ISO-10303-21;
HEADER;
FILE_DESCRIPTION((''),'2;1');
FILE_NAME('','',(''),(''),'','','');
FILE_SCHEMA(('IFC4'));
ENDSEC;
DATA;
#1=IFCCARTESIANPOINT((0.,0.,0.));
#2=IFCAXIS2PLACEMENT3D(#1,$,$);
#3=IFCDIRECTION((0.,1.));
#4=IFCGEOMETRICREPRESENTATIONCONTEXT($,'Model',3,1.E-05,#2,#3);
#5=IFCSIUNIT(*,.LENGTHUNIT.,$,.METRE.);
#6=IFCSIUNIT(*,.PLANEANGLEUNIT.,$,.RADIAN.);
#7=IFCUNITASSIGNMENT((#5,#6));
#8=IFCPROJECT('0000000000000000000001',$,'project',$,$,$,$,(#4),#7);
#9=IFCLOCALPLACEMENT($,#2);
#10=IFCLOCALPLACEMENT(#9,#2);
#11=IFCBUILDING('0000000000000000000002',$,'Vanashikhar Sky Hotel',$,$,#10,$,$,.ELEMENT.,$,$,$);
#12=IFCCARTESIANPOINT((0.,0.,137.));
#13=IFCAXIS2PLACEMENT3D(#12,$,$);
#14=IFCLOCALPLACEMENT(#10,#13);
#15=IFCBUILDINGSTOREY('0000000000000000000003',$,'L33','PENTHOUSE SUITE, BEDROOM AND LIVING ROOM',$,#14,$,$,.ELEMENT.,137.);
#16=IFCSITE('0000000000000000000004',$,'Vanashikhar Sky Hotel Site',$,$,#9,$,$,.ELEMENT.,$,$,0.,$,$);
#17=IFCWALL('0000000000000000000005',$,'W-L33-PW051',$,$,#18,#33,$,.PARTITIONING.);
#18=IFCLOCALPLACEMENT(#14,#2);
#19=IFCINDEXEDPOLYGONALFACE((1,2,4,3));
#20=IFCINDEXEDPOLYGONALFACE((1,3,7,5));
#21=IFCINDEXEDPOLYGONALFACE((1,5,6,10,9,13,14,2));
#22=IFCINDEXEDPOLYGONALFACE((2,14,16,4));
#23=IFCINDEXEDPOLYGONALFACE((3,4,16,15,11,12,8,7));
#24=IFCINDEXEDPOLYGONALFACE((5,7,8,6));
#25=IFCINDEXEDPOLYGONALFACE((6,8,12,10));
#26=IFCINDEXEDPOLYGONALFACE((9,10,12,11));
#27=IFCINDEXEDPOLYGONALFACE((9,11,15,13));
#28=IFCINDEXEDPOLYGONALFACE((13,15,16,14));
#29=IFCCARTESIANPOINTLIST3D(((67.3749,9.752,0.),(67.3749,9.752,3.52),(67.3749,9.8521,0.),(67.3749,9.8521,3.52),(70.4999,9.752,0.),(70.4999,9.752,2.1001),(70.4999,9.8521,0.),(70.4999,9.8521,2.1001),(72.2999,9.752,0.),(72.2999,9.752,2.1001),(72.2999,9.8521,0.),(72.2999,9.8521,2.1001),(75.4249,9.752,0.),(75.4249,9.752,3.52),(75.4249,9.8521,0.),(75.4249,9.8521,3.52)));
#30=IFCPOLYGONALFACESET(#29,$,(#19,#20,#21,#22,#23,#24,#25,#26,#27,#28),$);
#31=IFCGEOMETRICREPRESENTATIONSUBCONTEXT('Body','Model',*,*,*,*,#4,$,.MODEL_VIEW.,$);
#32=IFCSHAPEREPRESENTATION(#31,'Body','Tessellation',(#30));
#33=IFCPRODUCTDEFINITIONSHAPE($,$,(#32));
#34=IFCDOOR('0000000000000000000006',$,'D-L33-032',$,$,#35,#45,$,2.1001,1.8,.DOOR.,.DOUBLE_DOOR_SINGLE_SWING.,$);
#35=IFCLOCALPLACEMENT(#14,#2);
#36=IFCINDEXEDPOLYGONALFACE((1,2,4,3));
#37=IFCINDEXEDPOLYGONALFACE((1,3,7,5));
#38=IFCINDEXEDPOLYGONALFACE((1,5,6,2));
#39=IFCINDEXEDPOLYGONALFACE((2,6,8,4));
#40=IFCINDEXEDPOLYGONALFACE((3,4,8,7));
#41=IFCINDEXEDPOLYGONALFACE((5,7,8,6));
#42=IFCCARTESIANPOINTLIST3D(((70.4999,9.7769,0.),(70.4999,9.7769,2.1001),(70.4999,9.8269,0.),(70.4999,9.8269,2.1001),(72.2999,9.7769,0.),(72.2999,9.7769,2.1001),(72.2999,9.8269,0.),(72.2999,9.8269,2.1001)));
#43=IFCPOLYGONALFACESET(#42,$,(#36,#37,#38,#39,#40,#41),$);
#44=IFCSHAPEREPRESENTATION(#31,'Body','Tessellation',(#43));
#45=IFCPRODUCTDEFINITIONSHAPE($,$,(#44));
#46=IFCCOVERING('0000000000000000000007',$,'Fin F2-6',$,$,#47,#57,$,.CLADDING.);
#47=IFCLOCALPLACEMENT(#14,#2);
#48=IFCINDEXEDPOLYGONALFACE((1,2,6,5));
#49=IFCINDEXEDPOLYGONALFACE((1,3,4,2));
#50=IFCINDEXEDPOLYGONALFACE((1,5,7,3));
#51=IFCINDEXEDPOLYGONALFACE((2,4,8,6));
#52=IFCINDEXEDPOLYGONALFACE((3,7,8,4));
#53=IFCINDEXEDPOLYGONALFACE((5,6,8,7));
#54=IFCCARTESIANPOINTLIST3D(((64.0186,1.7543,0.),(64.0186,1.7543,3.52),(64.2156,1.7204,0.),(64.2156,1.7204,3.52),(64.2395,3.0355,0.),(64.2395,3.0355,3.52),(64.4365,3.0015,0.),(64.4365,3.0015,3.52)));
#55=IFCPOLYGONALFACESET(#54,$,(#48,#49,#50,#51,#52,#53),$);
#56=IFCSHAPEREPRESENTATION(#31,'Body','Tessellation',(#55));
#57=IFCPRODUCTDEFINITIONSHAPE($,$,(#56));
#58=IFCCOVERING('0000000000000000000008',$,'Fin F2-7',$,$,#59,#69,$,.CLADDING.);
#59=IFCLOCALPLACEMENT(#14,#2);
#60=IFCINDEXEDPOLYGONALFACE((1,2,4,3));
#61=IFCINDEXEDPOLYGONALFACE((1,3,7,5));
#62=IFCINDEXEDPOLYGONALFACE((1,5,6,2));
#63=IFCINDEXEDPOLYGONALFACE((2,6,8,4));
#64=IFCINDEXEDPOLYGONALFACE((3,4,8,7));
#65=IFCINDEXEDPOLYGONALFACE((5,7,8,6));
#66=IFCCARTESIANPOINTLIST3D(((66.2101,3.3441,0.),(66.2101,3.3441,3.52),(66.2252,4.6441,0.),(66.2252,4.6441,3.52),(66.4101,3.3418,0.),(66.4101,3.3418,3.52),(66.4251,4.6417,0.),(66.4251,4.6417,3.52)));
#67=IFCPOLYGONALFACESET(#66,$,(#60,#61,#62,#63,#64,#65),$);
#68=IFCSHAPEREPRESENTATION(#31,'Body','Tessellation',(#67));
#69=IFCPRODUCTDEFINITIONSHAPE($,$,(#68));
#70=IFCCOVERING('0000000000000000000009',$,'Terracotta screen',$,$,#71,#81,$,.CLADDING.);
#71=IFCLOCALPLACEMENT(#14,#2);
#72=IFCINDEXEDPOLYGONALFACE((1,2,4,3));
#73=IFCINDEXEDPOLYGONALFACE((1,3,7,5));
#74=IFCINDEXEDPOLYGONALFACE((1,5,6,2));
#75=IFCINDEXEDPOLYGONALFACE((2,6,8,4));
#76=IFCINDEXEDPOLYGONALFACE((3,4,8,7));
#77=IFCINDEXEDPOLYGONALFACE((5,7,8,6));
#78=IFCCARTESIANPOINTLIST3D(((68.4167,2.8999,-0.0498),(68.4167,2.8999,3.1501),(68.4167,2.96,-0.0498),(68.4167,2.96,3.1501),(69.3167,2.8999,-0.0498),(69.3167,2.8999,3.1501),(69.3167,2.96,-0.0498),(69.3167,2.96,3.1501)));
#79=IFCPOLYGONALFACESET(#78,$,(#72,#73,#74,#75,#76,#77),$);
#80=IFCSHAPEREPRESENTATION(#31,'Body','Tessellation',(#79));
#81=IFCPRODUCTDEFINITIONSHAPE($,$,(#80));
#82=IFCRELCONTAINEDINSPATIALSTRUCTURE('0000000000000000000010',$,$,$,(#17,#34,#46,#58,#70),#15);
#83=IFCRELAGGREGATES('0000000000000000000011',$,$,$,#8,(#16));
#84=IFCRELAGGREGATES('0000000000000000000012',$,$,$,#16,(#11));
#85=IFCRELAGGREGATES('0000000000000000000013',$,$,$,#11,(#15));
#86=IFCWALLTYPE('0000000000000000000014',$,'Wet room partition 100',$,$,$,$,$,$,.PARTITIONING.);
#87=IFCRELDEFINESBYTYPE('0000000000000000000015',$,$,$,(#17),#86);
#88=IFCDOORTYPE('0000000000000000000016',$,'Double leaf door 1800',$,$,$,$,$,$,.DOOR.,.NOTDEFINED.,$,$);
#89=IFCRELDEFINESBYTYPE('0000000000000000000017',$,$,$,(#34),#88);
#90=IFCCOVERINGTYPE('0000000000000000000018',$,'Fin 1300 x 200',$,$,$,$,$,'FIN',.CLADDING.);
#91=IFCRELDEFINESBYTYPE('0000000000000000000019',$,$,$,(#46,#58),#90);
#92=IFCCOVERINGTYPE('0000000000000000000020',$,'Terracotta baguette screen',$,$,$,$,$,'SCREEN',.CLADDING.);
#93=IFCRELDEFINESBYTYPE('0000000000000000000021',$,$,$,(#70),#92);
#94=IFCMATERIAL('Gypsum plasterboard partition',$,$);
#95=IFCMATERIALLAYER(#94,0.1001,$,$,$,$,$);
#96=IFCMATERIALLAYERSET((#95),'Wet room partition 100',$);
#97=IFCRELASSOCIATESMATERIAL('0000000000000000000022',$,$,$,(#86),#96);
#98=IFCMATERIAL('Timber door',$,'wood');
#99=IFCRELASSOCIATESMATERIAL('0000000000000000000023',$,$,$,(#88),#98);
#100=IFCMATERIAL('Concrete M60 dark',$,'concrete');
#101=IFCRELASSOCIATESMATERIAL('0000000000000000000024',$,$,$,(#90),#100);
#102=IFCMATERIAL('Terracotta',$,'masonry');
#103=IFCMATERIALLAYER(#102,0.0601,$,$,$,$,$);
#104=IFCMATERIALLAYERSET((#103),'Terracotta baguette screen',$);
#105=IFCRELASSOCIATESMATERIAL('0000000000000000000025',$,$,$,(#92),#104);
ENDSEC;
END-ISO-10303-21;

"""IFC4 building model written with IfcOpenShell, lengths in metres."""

from ifc_helpers import new_model, si_unit, direction, frame, frame_2d, origin, origin_2d, place, context, subcontext, project, spatial, rectangle, extrude, source, transform, mapped, material, layer, layer_set, material_profile, profile_set, type_object, element, fill, save


model = new_model("IFC4")

# Units and contexts
model_context = context("Model", 3, precision=1e-05, world=origin(), true_north=direction((0.0, 1.0)))
body_context = subcontext(model_context, "Body", "Model", "MODEL_VIEW")
ifc_project = project(units=[si_unit("LENGTHUNIT", "METRE"), si_unit("PLANEANGLEUNIT", "RADIAN")], contexts=[model_context])

# Site, building, storey
site_placement = place(None, origin())
site = spatial("IfcSite", under=ifc_project, at=site_placement, Name="Vanashikhar Sky Hotel Site", CompositionType="ELEMENT", RefElevation=0.0)
building_placement = place(site_placement, origin())
building = spatial("IfcBuilding", under=site, at=building_placement, Name="Vanashikhar Sky Hotel", CompositionType="ELEMENT")
storey_placement = place(building_placement, frame((0.0, 0.0, 137.0)))
storey = spatial("IfcBuildingStorey", under=building, at=storey_placement, Name="L33", Description="PENTHOUSE SUITE, BEDROOM AND LIVING ROOM", CompositionType="ELEMENT", Elevation=137.0)

# Wall, opening, door
ifc_material_1 = material(Name="Gypsum plasterboard partition")
ifc_layer_1 = layer(ifc_material_1, 0.1001)
ifc_layer_set_1 = layer_set([ifc_layer_1], Name="Wet room partition 100")
wall_type_1 = type_object("IfcWallType", Name="Wet room partition 100", PredefinedType="PARTITIONING", material=ifc_layer_set_1)
ifc_material_2 = material(Name="Timber door", Category="wood")
shared_shape_1 = source(origin(), body_context, "Body", "SweptSolid", [
    extrude(rectangle(XDim=8.05, YDim=0.1001, at=frame_2d((4.0249, 0.0))), origin(), (0.0, 0.0, 1.0), 3.52),
])
wall_1_placement = place(storey_placement, frame((67.375, 9.802, 0.0), z_axis=(0.0, 0.0, 1.0), x_axis=(1.0, 0.0, 0.0)))
wall_1 = element("IfcWall", 1, at=wall_1_placement, inside=storey, type_object=wall_type_1, Name="W-L33-PW051", PredefinedType="PARTITIONING", context=body_context, shape_type="MappedRepresentation", body=[
    mapped(shared_shape_1, transform((0.0, 0.0, 0.0), scale=1.0)),
])
shared_shape_2 = source(origin(), body_context, "Body", "SweptSolid", [
    extrude(rectangle(XDim=1.8, YDim=2.1001, at=frame_2d((0.8999, 1.05))), frame((0.0, 0.0601, 0.0), z_axis=(0.0, -1.0, 0.0), x_axis=(1.0, 0.0, 0.0)), (0.0, 0.0, 1.0), 0.1201),
])
opening_1_placement = place(wall_1_placement, frame((3.125, 0.0, 0.0)))
opening_1 = element("IfcOpeningElement", 2, at=opening_1_placement, cuts=wall_1, PredefinedType="OPENING", context=body_context, shape_type="MappedRepresentation", body=[
    mapped(shared_shape_2, transform((0.0, 0.0, 0.0), scale=1.0)),
])
door_type_1 = type_object("IfcDoorType", Name="Double leaf door 1800", OperationType="NOTDEFINED", PredefinedType="DOOR", material=ifc_material_2)
shared_shape_3 = source(origin(), body_context, "Body", "SweptSolid", [
    extrude(rectangle(XDim=1.8, YDim=2.1001, at=frame_2d((0.8999, 1.05))), frame((0.0, 0.0249, 0.0), z_axis=(0.0, -1.0, 0.0), x_axis=(1.0, 0.0, 0.0)), (0.0, 0.0, 1.0), 0.05),
])
door_1_placement = place(opening_1_placement, origin())
door_1 = element("IfcDoor", 3, at=door_1_placement, inside=storey, type_object=door_type_1, Name="D-L33-032", OperationType="DOUBLE_DOOR_SINGLE_SWING", OverallHeight=2.1001, OverallWidth=1.8, PredefinedType="DOOR", context=body_context, shape_type="MappedRepresentation", body=[
    mapped(shared_shape_3, transform((0.0, 0.0, 0.0), scale=1.0)),
])
fill(opening_1, door_1)

# Coverings
ifc_material_3 = material(Name="Concrete M60 dark", Category="concrete")
ifc_material_profile_1 = material_profile(ifc_material_3, rectangle(XDim=1.3, YDim=0.2, at=origin_2d()))
ifc_profile_set_1 = profile_set([ifc_material_profile_1], Name="Fin 1300 x 200")
covering_type_1 = type_object("IfcCoveringType", Name="Fin 1300 x 200", ElementType="FIN", PredefinedType="CLADDING", material=ifc_profile_set_1)
shared_shape_4 = source(origin(), body_context, "Body", "SweptSolid", [
    extrude(rectangle(XDim=1.3, YDim=0.2, at=origin_2d()), origin(), (0.0, 0.0, 1.0), 3.52),
])
for number, where, z_axis, x_axis, name in (
    (4, (64.2275, 2.3779, 0.0), (0.0, 0.0, 1.0), (-0.1699, -0.985461, 0.0), "Fin F2-6"),
    (5, (66.3176, 3.9929, 0.0), (0.0, 0.0, 1.0), (-0.011589, -0.999933, 0.0), "Fin F2-7"),
):
    element("IfcCovering", number, at=place(storey_placement, frame(where, z_axis=z_axis, x_axis=x_axis)), inside=storey, type_object=covering_type_1, Name=name, PredefinedType="CLADDING", context=body_context, shape_type="MappedRepresentation", body=[
        mapped(shared_shape_4, transform((0.0, 0.0, 0.0), scale=1.0)),
    ])
ifc_material_4 = material(Name="Terracotta", Category="masonry")
ifc_layer_2 = layer(ifc_material_4, 0.0601)
ifc_layer_set_2 = layer_set([ifc_layer_2], Name="Terracotta baguette screen")
covering_type_2 = type_object("IfcCoveringType", Name="Terracotta baguette screen", ElementType="SCREEN", PredefinedType="CLADDING", material=ifc_layer_set_2)
shared_shape_5 = source(origin(), body_context, "Body", "SweptSolid", [
    extrude(rectangle(XDim=0.8999, YDim=0.0601, at=origin_2d()), origin(), (0.0, 0.0, 1.0), 3.2),
])
covering_placement = place(storey_placement, frame((68.8667, 2.9299, -0.0498), z_axis=(0.0, 0.0, 1.0), x_axis=(1.0, 0.0, 0.0)))
element("IfcCovering", 6, at=covering_placement, inside=storey, type_object=covering_type_2, Name="Terracotta screen", PredefinedType="CLADDING", context=body_context, shape_type="MappedRepresentation", body=[
    mapped(shared_shape_5, transform((0.0, 0.0, 0.0), scale=1.0)),
])

save(model, "model.ifc")
